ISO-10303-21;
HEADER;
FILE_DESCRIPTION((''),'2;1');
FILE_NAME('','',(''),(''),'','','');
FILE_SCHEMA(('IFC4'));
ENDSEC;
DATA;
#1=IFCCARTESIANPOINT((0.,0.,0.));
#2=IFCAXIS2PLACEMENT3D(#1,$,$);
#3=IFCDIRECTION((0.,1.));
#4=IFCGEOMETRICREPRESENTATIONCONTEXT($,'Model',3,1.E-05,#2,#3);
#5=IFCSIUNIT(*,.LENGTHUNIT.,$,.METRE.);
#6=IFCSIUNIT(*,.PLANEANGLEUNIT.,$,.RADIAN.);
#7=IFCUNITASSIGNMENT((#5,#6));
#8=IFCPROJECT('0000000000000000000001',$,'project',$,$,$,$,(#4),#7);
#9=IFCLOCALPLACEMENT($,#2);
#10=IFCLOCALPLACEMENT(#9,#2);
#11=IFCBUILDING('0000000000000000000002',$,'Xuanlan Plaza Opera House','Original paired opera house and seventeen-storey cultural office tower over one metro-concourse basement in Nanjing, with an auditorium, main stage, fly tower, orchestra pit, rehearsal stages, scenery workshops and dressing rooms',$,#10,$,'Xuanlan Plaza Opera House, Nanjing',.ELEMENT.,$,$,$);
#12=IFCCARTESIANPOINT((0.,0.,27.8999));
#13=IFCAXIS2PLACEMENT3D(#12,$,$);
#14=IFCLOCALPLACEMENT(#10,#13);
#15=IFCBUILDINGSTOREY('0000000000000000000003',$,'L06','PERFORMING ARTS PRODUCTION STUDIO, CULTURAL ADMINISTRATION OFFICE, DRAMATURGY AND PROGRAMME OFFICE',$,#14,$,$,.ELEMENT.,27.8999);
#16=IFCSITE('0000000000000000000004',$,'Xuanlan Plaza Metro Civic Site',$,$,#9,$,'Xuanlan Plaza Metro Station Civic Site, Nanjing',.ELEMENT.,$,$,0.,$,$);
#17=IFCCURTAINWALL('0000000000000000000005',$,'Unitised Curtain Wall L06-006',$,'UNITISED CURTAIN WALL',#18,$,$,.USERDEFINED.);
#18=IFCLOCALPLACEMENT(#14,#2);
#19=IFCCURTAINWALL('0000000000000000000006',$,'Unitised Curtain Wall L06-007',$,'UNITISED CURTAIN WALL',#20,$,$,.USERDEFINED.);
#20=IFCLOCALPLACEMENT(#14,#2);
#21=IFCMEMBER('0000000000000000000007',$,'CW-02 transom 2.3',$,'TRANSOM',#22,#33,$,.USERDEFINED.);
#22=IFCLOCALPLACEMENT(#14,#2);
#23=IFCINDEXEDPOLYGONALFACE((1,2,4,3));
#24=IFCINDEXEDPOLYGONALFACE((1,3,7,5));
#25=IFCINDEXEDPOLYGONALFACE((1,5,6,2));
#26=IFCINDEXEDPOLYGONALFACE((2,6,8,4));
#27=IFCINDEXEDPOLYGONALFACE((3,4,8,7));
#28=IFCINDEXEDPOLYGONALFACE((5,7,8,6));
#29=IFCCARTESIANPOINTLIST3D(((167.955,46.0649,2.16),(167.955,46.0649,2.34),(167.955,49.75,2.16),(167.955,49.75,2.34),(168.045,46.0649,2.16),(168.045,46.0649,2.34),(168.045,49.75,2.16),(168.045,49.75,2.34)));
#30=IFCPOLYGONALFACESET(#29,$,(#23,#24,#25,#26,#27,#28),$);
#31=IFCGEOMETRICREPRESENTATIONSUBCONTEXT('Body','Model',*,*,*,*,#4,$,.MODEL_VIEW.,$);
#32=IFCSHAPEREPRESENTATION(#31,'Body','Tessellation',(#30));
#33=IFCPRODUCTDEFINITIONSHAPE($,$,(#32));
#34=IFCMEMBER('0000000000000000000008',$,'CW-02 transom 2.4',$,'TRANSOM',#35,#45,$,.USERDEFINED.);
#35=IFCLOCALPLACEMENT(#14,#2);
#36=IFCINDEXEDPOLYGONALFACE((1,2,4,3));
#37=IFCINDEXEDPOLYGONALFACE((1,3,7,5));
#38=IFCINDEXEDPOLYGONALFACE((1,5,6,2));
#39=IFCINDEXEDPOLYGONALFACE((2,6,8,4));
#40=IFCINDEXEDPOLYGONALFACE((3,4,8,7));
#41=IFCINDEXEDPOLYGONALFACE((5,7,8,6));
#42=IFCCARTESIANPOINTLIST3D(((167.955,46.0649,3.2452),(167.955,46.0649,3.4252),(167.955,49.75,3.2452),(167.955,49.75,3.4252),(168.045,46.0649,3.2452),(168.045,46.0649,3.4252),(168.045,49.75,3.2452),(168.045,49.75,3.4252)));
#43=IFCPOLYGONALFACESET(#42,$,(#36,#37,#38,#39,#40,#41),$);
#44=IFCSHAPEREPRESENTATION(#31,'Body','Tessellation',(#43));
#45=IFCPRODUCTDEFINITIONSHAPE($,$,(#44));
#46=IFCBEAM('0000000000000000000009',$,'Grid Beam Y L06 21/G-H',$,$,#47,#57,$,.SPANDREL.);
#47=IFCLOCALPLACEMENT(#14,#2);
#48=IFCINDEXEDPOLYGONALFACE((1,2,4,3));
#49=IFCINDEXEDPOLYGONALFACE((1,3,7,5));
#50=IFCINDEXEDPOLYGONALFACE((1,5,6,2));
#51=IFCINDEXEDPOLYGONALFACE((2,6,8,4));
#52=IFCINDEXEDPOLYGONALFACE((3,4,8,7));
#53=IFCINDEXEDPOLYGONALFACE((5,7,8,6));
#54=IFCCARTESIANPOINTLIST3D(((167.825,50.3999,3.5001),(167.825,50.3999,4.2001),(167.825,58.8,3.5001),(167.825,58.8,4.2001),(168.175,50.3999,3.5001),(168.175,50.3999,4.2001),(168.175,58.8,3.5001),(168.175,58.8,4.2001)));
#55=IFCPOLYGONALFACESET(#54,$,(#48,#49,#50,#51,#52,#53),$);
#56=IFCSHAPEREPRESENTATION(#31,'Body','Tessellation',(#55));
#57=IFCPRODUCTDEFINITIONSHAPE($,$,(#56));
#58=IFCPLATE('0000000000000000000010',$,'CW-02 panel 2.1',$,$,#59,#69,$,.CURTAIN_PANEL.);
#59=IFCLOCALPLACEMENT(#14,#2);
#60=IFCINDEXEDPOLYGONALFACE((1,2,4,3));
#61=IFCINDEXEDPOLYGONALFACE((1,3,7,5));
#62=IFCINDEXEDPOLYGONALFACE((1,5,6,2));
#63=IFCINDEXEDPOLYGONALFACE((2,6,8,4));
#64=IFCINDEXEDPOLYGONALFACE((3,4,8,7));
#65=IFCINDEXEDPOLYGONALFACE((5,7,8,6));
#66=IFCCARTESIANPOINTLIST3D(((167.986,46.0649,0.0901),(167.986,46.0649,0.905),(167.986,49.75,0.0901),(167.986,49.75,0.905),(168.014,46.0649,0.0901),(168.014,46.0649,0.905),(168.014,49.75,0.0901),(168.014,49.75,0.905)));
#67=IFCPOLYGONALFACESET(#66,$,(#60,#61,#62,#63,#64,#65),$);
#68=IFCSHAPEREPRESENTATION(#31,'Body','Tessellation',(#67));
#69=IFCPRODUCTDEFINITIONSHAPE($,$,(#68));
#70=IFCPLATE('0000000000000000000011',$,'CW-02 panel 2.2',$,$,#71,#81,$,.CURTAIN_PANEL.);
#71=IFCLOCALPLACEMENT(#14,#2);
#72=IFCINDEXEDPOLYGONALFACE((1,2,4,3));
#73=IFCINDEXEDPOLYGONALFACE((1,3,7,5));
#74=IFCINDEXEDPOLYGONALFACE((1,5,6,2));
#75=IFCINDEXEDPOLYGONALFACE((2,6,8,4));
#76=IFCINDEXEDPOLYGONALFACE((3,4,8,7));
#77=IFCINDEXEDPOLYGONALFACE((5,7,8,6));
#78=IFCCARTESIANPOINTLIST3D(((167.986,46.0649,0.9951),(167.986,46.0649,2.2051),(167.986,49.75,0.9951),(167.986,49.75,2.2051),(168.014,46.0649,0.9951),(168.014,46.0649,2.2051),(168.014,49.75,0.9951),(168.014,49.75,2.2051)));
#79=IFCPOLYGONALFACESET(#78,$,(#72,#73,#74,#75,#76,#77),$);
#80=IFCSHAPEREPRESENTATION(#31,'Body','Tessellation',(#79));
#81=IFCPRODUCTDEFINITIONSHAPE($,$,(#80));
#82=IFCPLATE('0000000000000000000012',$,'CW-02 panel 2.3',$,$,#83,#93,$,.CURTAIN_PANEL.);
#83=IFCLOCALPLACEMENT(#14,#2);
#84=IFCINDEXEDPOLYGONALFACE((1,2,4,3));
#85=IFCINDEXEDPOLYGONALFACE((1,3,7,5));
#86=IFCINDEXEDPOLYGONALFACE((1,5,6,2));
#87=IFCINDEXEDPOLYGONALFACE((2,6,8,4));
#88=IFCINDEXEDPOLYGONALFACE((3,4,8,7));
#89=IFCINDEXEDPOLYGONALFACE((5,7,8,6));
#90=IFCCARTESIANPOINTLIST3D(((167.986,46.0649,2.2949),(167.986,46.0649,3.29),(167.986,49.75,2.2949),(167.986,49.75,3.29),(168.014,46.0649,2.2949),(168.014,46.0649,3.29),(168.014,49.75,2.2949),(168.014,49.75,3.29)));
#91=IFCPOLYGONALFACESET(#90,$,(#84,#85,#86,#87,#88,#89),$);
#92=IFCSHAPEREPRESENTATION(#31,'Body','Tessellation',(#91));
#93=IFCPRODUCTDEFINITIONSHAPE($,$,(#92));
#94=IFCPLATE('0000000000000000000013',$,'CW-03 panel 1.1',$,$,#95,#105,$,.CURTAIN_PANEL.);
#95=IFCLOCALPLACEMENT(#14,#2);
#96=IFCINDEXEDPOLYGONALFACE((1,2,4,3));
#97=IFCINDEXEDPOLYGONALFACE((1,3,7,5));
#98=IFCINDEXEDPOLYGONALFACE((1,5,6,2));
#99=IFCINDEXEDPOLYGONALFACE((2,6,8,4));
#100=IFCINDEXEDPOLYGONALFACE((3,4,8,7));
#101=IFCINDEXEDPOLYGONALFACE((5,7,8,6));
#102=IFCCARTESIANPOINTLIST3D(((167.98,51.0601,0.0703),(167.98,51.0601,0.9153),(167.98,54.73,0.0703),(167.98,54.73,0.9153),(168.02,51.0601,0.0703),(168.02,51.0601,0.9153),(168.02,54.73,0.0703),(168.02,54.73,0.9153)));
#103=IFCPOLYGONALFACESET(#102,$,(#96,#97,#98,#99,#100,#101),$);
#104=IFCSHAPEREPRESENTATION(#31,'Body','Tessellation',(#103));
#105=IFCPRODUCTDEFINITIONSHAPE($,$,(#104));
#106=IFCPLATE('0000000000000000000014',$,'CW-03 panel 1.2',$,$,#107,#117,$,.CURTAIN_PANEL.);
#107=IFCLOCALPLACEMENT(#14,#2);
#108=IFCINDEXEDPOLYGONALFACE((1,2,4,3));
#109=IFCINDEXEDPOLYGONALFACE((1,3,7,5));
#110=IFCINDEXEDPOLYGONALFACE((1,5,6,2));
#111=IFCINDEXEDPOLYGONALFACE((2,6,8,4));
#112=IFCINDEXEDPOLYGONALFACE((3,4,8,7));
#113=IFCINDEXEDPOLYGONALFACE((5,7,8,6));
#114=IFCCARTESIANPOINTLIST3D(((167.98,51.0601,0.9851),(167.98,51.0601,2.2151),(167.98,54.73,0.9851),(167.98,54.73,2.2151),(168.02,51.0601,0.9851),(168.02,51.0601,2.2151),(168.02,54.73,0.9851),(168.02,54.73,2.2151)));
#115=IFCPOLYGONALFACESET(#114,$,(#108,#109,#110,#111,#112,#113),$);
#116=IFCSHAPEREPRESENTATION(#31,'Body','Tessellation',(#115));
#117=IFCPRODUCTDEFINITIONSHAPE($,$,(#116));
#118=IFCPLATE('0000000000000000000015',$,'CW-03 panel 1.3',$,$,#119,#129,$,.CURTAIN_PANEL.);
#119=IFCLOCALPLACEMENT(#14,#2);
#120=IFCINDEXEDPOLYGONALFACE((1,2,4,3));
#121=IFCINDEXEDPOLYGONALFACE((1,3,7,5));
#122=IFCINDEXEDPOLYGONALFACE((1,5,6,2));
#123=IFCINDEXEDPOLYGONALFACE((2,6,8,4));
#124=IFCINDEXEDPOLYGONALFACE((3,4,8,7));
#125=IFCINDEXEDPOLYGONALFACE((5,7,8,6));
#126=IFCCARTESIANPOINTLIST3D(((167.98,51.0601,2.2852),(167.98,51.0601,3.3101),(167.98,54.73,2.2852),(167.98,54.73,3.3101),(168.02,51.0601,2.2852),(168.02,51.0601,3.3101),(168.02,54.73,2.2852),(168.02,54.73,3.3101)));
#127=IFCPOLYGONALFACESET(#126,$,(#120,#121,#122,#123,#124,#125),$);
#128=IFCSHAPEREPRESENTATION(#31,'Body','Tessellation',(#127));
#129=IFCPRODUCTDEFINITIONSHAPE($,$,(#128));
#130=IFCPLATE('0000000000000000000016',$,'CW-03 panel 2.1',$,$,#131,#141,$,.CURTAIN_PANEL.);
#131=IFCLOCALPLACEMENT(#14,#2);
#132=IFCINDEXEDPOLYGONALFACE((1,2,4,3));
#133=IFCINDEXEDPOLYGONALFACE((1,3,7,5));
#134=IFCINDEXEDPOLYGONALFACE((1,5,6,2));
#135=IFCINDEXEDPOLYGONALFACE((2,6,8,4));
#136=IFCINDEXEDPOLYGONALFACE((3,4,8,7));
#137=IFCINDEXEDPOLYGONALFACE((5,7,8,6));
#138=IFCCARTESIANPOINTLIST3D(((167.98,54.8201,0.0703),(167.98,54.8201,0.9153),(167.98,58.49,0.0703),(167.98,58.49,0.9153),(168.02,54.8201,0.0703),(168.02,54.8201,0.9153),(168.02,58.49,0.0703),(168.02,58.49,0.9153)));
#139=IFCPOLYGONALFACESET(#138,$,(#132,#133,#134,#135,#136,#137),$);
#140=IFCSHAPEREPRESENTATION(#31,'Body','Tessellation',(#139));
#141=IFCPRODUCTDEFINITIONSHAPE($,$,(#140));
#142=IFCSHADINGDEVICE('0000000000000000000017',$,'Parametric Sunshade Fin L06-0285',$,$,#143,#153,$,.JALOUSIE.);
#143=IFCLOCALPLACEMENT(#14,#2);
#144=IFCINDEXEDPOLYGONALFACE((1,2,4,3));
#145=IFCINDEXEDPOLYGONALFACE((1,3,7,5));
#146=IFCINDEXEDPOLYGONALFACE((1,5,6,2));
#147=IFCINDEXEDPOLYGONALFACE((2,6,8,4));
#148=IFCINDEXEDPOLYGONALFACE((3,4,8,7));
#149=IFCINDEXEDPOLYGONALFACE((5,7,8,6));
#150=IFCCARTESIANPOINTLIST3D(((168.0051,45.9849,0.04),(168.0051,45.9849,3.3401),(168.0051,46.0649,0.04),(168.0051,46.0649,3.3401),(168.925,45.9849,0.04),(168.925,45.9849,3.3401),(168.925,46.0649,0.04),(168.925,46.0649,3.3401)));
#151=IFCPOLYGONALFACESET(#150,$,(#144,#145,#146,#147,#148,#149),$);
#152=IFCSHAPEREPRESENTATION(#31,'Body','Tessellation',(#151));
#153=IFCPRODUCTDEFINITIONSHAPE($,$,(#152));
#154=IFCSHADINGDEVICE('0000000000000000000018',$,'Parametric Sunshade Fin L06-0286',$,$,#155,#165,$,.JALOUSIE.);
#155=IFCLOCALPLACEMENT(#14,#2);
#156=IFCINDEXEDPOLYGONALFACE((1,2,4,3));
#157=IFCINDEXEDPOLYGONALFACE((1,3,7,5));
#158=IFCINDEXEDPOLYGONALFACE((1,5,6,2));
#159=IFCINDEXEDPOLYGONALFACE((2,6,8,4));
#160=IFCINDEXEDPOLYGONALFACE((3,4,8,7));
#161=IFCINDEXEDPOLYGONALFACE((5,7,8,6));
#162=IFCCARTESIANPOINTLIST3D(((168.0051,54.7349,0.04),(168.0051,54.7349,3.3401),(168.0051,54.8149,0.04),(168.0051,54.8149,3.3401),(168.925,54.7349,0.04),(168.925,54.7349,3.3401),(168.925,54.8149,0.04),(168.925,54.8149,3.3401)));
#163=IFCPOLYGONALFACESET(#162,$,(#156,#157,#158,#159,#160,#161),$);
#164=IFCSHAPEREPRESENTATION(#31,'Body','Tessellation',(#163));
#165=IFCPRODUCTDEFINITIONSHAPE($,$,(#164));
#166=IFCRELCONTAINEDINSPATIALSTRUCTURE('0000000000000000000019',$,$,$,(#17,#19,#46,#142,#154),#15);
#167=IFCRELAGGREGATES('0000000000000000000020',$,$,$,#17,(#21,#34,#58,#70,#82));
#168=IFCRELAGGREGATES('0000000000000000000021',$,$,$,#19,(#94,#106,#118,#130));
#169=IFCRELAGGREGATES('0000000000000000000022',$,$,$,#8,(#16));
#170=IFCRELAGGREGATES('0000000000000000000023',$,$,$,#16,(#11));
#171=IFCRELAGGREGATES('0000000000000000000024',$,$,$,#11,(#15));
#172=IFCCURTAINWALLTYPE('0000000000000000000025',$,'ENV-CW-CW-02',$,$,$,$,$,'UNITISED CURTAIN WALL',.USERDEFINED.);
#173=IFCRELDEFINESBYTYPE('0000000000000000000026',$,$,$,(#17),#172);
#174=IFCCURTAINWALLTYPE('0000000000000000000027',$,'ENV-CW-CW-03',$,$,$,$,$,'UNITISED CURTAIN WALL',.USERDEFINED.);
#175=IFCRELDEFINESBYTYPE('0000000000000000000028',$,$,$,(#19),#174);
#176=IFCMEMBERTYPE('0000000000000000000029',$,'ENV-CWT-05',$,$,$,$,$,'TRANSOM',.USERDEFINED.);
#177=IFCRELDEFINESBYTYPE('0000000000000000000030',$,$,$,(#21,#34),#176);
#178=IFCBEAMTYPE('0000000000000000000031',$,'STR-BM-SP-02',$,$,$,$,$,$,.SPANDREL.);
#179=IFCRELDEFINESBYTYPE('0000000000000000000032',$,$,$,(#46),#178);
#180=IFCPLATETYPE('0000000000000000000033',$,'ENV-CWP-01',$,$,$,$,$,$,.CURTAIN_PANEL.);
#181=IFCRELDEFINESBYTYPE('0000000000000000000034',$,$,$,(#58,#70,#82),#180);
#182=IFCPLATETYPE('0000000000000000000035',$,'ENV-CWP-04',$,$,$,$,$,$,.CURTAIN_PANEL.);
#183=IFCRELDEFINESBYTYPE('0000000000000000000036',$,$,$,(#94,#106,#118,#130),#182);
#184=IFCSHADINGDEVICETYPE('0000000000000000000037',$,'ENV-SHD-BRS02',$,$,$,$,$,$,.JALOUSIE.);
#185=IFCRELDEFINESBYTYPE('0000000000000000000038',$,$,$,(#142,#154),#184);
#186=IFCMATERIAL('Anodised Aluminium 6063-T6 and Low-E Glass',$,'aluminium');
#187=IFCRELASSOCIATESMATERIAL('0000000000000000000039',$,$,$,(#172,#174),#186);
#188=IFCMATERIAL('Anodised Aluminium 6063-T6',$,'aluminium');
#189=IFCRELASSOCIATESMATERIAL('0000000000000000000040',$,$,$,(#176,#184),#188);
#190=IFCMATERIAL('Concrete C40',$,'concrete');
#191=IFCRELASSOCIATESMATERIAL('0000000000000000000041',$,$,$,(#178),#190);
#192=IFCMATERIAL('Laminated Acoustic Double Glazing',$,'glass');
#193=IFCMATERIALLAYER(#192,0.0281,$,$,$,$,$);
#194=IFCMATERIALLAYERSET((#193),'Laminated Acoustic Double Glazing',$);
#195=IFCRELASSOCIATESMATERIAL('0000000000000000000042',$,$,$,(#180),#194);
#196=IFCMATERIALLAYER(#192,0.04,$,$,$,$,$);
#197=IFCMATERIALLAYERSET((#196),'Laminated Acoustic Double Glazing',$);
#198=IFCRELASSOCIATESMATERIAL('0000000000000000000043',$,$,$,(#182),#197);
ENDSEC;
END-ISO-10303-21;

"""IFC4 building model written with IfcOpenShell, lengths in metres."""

from ifc_helpers import new_model, si_unit, direction, frame, origin, origin_2d, place, context, subcontext, project, spatial, rectangle, extrude, material, layer, layer_set, material_profile, profile_set, type_object, element, aggregate, save


model = new_model("IFC4")

# Units and contexts
model_context = context("Model", 3, precision=1e-05, world=origin(), true_north=direction((0.0, 1.0)))
body_context = subcontext(model_context, "Body", "Model", "MODEL_VIEW")
ifc_project = project(units=[si_unit("LENGTHUNIT", "METRE"), si_unit("PLANEANGLEUNIT", "RADIAN")], contexts=[model_context])

# Site, building, storey
site_placement = place(None, origin())
site = spatial("IfcSite", under=ifc_project, at=site_placement, Name="Xuanlan Plaza Metro Civic Site", LongName="Xuanlan Plaza Metro Station Civic Site, Nanjing", CompositionType="ELEMENT", RefElevation=0.0)
building_placement = place(site_placement, origin())
building = spatial("IfcBuilding", under=site, at=building_placement, Name="Xuanlan Plaza Opera House", Description="Original paired opera house and seventeen-storey cultural office tower over one metro-concourse basement in Nanjing, with an auditorium, main stage, fly tower, orchestra pit, rehearsal stages, scenery workshops and dressing rooms", LongName="Xuanlan Plaza Opera House, Nanjing", CompositionType="ELEMENT")
storey_placement = place(building_placement, frame((0.0, 0.0, 27.8999)))
storey = spatial("IfcBuildingStorey", under=building, at=storey_placement, Name="L06", Description="PERFORMING ARTS PRODUCTION STUDIO, CULTURAL ADMINISTRATION OFFICE, DRAMATURGY AND PROGRAMME OFFICE", CompositionType="ELEMENT", Elevation=27.8999)

# Curtain wall
ifc_material_1 = material(Name="Anodised Aluminium 6063-T6 and Low-E Glass", Category="aluminium")
curtain_wall_type_1 = type_object("IfcCurtainWallType", Name="ENV-CW-CW-02", ElementType="UNITISED CURTAIN WALL", PredefinedType="USERDEFINED", material=ifc_material_1)
curtain_wall_1_placement = place(storey_placement, origin())
curtain_wall_1 = element("IfcCurtainWall", 1, at=curtain_wall_1_placement, inside=storey, type_object=curtain_wall_type_1, Name="Unitised Curtain Wall L06-006", ObjectType="UNITISED CURTAIN WALL", PredefinedType="USERDEFINED")
ifc_material_2 = material(Name="Anodised Aluminium 6063-T6", Category="aluminium")

# Curtain wall
curtain_wall_type_2 = type_object("IfcCurtainWallType", Name="ENV-CW-CW-03", ElementType="UNITISED CURTAIN WALL", PredefinedType="USERDEFINED", material=ifc_material_1)
curtain_wall_2_placement = place(storey_placement, origin())
curtain_wall_2 = element("IfcCurtainWall", 2, at=curtain_wall_2_placement, inside=storey, type_object=curtain_wall_type_2, Name="Unitised Curtain Wall L06-007", ObjectType="UNITISED CURTAIN WALL", PredefinedType="USERDEFINED")

# Members
ifc_material_profile_1 = material_profile(ifc_material_2, rectangle(XDim=0.0901, YDim=0.1799, at=origin_2d()), Name="ALU-T 90x180")
ifc_profile_set_1 = profile_set([ifc_material_profile_1], Name="Anodised Aluminium 6063-T6")
member_type_1 = type_object("IfcMemberType", Name="ENV-CWT-05", ElementType="TRANSOM", PredefinedType="USERDEFINED", material=ifc_profile_set_1)
member_1_placement = place(storey_placement, frame((168.0, 46.0649, 2.25), z_axis=(0.0, 1.0, 0.0), x_axis=(-1.0, 0.0, 0.0)))
member_1 = element("IfcMember", 3, at=member_1_placement, type_object=member_type_1, Name="CW-02 transom 2.3", ObjectType="TRANSOM", PredefinedType="USERDEFINED", context=body_context, shape_type="SweptSolid", body=[
    extrude(rectangle(XDim=0.0901, YDim=0.1799, at=origin_2d()), origin(), (0.0, 0.0, 1.0), 3.6851),
])
member_2_placement = place(storey_placement, frame((168.0, 46.0649, 3.3352), z_axis=(0.0, 1.0, 0.0), x_axis=(-1.0, 0.0, 0.0)))
member_2 = element("IfcMember", 4, at=member_2_placement, type_object=member_type_1, Name="CW-02 transom 2.4", ObjectType="TRANSOM", PredefinedType="USERDEFINED", context=body_context, shape_type="SweptSolid", body=[
    extrude(rectangle(XDim=0.0901, YDim=0.1799, at=origin_2d()), origin(), (0.0, 0.0, 1.0), 3.6851),
])

# Beam
ifc_material_3 = material(Name="Concrete C40", Category="concrete")
ifc_material_profile_2 = material_profile(ifc_material_3, rectangle(XDim=0.3501, YDim=0.7, at=origin_2d()), Name="RC-SPD 350x700")
ifc_profile_set_2 = profile_set([ifc_material_profile_2], Name="Concrete C40")
beam_type = type_object("IfcBeamType", Name="STR-BM-SP-02", PredefinedType="SPANDREL", material=ifc_profile_set_2)
beam_placement = place(storey_placement, frame((168.0, 50.3999, 3.8501), z_axis=(0.0, 1.0, 0.0), x_axis=(-1.0, 0.0, 0.0)))
element("IfcBeam", 5, at=beam_placement, inside=storey, type_object=beam_type, Name="Grid Beam Y L06 21/G-H", PredefinedType="SPANDREL", context=body_context, shape_type="SweptSolid", body=[
    extrude(rectangle(XDim=0.3501, YDim=0.7, at=origin_2d()), origin(), (0.0, 0.0, 1.0), 8.4001),
])

# Plates
ifc_material_4 = material(Name="Laminated Acoustic Double Glazing", Category="glass")
ifc_layer_1 = layer(ifc_material_4, 0.0281)
ifc_layer_set_1 = layer_set([ifc_layer_1], Name="Laminated Acoustic Double Glazing")
plate_type_1 = type_object("IfcPlateType", Name="ENV-CWP-01", PredefinedType="CURTAIN_PANEL", material=ifc_layer_set_1)
plate_1_placement = place(storey_placement, frame((168.0, 47.9075, 0.0901), z_axis=(0.0, 0.0, 1.0), x_axis=(0.0, 1.0, 0.0)))
plate_1 = element("IfcPlate", 6, at=plate_1_placement, type_object=plate_type_1, Name="CW-02 panel 2.1", PredefinedType="CURTAIN_PANEL", context=body_context, shape_type="SweptSolid", body=[
    extrude(rectangle(XDim=3.6851, YDim=0.0281, at=origin_2d()), origin(), (0.0, 0.0, 1.0), 0.8149),
])
plate_2_placement = place(storey_placement, frame((168.0, 47.9075, 0.9951), z_axis=(0.0, 0.0, 1.0), x_axis=(0.0, 1.0, 0.0)))
plate_2 = element("IfcPlate", 7, at=plate_2_placement, type_object=plate_type_1, Name="CW-02 panel 2.2", PredefinedType="CURTAIN_PANEL", context=body_context, shape_type="SweptSolid", body=[
    extrude(rectangle(XDim=3.6851, YDim=0.0281, at=origin_2d()), origin(), (0.0, 0.0, 1.0), 1.21),
])
plate_3_placement = place(storey_placement, frame((168.0, 47.9075, 2.2949), z_axis=(0.0, 0.0, 1.0), x_axis=(0.0, 1.0, 0.0)))
plate_3 = element("IfcPlate", 8, at=plate_3_placement, type_object=plate_type_1, Name="CW-02 panel 2.3", PredefinedType="CURTAIN_PANEL", context=body_context, shape_type="SweptSolid", body=[
    extrude(rectangle(XDim=3.6851, YDim=0.0281, at=origin_2d()), origin(), (0.0, 0.0, 1.0), 0.9951),
])
aggregate(curtain_wall_1, [member_1, member_2, plate_1, plate_2, plate_3])
ifc_layer_2 = layer(ifc_material_4, 0.04)
ifc_layer_set_2 = layer_set([ifc_layer_2], Name="Laminated Acoustic Double Glazing")
plate_type_2 = type_object("IfcPlateType", Name="ENV-CWP-04", PredefinedType="CURTAIN_PANEL", material=ifc_layer_set_2)
plate_4_placement = place(storey_placement, frame((168.0, 52.895, 0.0703), z_axis=(0.0, 0.0, 1.0), x_axis=(0.0, 1.0, 0.0)))
plate_4 = element("IfcPlate", 9, at=plate_4_placement, type_object=plate_type_2, Name="CW-03 panel 1.1", PredefinedType="CURTAIN_PANEL", context=body_context, shape_type="SweptSolid", body=[
    extrude(rectangle(XDim=3.6699, YDim=0.04, at=origin_2d()), origin(), (0.0, 0.0, 1.0), 0.845),
])
plate_5_placement = place(storey_placement, frame((168.0, 52.895, 0.9851), z_axis=(0.0, 0.0, 1.0), x_axis=(0.0, 1.0, 0.0)))
plate_5 = element("IfcPlate", 10, at=plate_5_placement, type_object=plate_type_2, Name="CW-03 panel 1.2", PredefinedType="CURTAIN_PANEL", context=body_context, shape_type="SweptSolid", body=[
    extrude(rectangle(XDim=3.6699, YDim=0.04, at=origin_2d()), origin(), (0.0, 0.0, 1.0), 1.23),
])
plate_6_placement = place(storey_placement, frame((168.0, 52.895, 2.2852), z_axis=(0.0, 0.0, 1.0), x_axis=(0.0, 1.0, 0.0)))
plate_6 = element("IfcPlate", 11, at=plate_6_placement, type_object=plate_type_2, Name="CW-03 panel 1.3", PredefinedType="CURTAIN_PANEL", context=body_context, shape_type="SweptSolid", body=[
    extrude(rectangle(XDim=3.6699, YDim=0.04, at=origin_2d()), origin(), (0.0, 0.0, 1.0), 1.0249),
])
plate_7_placement = place(storey_placement, frame((168.0, 56.655, 0.0703), z_axis=(0.0, 0.0, 1.0), x_axis=(0.0, 1.0, 0.0)))
plate_7 = element("IfcPlate", 12, at=plate_7_placement, type_object=plate_type_2, Name="CW-03 panel 2.1", PredefinedType="CURTAIN_PANEL", context=body_context, shape_type="SweptSolid", body=[
    extrude(rectangle(XDim=3.6699, YDim=0.04, at=origin_2d()), origin(), (0.0, 0.0, 1.0), 0.845),
])
aggregate(curtain_wall_2, [plate_4, plate_5, plate_6, plate_7])

# Shading devices
shading_device_type = type_object("IfcShadingDeviceType", Name="ENV-SHD-BRS02", PredefinedType="JALOUSIE", material=ifc_material_2)
for number, where, z_axis, x_axis, name in (
    (13, (168.4651, 46.0249, 0.04), (0.0, 0.0, 1.0), (1.0, 0.0, 0.0), "Parametric Sunshade Fin L06-0285"),
    (14, (168.4651, 54.7749, 0.04), (0.0, 0.0, 1.0), (1.0, 0.0, 0.0), "Parametric Sunshade Fin L06-0286"),
):
    element("IfcShadingDevice", number, at=place(storey_placement, frame(where, z_axis=z_axis, x_axis=x_axis)), inside=storey, type_object=shading_device_type, Name=name, PredefinedType="JALOUSIE", context=body_context, shape_type="SweptSolid", body=[
        extrude(rectangle(XDim=0.9199, YDim=0.0801, at=origin_2d()), origin(), (0.0, 0.0, 1.0), 3.3),
    ])

save(model, "model.ifc")
